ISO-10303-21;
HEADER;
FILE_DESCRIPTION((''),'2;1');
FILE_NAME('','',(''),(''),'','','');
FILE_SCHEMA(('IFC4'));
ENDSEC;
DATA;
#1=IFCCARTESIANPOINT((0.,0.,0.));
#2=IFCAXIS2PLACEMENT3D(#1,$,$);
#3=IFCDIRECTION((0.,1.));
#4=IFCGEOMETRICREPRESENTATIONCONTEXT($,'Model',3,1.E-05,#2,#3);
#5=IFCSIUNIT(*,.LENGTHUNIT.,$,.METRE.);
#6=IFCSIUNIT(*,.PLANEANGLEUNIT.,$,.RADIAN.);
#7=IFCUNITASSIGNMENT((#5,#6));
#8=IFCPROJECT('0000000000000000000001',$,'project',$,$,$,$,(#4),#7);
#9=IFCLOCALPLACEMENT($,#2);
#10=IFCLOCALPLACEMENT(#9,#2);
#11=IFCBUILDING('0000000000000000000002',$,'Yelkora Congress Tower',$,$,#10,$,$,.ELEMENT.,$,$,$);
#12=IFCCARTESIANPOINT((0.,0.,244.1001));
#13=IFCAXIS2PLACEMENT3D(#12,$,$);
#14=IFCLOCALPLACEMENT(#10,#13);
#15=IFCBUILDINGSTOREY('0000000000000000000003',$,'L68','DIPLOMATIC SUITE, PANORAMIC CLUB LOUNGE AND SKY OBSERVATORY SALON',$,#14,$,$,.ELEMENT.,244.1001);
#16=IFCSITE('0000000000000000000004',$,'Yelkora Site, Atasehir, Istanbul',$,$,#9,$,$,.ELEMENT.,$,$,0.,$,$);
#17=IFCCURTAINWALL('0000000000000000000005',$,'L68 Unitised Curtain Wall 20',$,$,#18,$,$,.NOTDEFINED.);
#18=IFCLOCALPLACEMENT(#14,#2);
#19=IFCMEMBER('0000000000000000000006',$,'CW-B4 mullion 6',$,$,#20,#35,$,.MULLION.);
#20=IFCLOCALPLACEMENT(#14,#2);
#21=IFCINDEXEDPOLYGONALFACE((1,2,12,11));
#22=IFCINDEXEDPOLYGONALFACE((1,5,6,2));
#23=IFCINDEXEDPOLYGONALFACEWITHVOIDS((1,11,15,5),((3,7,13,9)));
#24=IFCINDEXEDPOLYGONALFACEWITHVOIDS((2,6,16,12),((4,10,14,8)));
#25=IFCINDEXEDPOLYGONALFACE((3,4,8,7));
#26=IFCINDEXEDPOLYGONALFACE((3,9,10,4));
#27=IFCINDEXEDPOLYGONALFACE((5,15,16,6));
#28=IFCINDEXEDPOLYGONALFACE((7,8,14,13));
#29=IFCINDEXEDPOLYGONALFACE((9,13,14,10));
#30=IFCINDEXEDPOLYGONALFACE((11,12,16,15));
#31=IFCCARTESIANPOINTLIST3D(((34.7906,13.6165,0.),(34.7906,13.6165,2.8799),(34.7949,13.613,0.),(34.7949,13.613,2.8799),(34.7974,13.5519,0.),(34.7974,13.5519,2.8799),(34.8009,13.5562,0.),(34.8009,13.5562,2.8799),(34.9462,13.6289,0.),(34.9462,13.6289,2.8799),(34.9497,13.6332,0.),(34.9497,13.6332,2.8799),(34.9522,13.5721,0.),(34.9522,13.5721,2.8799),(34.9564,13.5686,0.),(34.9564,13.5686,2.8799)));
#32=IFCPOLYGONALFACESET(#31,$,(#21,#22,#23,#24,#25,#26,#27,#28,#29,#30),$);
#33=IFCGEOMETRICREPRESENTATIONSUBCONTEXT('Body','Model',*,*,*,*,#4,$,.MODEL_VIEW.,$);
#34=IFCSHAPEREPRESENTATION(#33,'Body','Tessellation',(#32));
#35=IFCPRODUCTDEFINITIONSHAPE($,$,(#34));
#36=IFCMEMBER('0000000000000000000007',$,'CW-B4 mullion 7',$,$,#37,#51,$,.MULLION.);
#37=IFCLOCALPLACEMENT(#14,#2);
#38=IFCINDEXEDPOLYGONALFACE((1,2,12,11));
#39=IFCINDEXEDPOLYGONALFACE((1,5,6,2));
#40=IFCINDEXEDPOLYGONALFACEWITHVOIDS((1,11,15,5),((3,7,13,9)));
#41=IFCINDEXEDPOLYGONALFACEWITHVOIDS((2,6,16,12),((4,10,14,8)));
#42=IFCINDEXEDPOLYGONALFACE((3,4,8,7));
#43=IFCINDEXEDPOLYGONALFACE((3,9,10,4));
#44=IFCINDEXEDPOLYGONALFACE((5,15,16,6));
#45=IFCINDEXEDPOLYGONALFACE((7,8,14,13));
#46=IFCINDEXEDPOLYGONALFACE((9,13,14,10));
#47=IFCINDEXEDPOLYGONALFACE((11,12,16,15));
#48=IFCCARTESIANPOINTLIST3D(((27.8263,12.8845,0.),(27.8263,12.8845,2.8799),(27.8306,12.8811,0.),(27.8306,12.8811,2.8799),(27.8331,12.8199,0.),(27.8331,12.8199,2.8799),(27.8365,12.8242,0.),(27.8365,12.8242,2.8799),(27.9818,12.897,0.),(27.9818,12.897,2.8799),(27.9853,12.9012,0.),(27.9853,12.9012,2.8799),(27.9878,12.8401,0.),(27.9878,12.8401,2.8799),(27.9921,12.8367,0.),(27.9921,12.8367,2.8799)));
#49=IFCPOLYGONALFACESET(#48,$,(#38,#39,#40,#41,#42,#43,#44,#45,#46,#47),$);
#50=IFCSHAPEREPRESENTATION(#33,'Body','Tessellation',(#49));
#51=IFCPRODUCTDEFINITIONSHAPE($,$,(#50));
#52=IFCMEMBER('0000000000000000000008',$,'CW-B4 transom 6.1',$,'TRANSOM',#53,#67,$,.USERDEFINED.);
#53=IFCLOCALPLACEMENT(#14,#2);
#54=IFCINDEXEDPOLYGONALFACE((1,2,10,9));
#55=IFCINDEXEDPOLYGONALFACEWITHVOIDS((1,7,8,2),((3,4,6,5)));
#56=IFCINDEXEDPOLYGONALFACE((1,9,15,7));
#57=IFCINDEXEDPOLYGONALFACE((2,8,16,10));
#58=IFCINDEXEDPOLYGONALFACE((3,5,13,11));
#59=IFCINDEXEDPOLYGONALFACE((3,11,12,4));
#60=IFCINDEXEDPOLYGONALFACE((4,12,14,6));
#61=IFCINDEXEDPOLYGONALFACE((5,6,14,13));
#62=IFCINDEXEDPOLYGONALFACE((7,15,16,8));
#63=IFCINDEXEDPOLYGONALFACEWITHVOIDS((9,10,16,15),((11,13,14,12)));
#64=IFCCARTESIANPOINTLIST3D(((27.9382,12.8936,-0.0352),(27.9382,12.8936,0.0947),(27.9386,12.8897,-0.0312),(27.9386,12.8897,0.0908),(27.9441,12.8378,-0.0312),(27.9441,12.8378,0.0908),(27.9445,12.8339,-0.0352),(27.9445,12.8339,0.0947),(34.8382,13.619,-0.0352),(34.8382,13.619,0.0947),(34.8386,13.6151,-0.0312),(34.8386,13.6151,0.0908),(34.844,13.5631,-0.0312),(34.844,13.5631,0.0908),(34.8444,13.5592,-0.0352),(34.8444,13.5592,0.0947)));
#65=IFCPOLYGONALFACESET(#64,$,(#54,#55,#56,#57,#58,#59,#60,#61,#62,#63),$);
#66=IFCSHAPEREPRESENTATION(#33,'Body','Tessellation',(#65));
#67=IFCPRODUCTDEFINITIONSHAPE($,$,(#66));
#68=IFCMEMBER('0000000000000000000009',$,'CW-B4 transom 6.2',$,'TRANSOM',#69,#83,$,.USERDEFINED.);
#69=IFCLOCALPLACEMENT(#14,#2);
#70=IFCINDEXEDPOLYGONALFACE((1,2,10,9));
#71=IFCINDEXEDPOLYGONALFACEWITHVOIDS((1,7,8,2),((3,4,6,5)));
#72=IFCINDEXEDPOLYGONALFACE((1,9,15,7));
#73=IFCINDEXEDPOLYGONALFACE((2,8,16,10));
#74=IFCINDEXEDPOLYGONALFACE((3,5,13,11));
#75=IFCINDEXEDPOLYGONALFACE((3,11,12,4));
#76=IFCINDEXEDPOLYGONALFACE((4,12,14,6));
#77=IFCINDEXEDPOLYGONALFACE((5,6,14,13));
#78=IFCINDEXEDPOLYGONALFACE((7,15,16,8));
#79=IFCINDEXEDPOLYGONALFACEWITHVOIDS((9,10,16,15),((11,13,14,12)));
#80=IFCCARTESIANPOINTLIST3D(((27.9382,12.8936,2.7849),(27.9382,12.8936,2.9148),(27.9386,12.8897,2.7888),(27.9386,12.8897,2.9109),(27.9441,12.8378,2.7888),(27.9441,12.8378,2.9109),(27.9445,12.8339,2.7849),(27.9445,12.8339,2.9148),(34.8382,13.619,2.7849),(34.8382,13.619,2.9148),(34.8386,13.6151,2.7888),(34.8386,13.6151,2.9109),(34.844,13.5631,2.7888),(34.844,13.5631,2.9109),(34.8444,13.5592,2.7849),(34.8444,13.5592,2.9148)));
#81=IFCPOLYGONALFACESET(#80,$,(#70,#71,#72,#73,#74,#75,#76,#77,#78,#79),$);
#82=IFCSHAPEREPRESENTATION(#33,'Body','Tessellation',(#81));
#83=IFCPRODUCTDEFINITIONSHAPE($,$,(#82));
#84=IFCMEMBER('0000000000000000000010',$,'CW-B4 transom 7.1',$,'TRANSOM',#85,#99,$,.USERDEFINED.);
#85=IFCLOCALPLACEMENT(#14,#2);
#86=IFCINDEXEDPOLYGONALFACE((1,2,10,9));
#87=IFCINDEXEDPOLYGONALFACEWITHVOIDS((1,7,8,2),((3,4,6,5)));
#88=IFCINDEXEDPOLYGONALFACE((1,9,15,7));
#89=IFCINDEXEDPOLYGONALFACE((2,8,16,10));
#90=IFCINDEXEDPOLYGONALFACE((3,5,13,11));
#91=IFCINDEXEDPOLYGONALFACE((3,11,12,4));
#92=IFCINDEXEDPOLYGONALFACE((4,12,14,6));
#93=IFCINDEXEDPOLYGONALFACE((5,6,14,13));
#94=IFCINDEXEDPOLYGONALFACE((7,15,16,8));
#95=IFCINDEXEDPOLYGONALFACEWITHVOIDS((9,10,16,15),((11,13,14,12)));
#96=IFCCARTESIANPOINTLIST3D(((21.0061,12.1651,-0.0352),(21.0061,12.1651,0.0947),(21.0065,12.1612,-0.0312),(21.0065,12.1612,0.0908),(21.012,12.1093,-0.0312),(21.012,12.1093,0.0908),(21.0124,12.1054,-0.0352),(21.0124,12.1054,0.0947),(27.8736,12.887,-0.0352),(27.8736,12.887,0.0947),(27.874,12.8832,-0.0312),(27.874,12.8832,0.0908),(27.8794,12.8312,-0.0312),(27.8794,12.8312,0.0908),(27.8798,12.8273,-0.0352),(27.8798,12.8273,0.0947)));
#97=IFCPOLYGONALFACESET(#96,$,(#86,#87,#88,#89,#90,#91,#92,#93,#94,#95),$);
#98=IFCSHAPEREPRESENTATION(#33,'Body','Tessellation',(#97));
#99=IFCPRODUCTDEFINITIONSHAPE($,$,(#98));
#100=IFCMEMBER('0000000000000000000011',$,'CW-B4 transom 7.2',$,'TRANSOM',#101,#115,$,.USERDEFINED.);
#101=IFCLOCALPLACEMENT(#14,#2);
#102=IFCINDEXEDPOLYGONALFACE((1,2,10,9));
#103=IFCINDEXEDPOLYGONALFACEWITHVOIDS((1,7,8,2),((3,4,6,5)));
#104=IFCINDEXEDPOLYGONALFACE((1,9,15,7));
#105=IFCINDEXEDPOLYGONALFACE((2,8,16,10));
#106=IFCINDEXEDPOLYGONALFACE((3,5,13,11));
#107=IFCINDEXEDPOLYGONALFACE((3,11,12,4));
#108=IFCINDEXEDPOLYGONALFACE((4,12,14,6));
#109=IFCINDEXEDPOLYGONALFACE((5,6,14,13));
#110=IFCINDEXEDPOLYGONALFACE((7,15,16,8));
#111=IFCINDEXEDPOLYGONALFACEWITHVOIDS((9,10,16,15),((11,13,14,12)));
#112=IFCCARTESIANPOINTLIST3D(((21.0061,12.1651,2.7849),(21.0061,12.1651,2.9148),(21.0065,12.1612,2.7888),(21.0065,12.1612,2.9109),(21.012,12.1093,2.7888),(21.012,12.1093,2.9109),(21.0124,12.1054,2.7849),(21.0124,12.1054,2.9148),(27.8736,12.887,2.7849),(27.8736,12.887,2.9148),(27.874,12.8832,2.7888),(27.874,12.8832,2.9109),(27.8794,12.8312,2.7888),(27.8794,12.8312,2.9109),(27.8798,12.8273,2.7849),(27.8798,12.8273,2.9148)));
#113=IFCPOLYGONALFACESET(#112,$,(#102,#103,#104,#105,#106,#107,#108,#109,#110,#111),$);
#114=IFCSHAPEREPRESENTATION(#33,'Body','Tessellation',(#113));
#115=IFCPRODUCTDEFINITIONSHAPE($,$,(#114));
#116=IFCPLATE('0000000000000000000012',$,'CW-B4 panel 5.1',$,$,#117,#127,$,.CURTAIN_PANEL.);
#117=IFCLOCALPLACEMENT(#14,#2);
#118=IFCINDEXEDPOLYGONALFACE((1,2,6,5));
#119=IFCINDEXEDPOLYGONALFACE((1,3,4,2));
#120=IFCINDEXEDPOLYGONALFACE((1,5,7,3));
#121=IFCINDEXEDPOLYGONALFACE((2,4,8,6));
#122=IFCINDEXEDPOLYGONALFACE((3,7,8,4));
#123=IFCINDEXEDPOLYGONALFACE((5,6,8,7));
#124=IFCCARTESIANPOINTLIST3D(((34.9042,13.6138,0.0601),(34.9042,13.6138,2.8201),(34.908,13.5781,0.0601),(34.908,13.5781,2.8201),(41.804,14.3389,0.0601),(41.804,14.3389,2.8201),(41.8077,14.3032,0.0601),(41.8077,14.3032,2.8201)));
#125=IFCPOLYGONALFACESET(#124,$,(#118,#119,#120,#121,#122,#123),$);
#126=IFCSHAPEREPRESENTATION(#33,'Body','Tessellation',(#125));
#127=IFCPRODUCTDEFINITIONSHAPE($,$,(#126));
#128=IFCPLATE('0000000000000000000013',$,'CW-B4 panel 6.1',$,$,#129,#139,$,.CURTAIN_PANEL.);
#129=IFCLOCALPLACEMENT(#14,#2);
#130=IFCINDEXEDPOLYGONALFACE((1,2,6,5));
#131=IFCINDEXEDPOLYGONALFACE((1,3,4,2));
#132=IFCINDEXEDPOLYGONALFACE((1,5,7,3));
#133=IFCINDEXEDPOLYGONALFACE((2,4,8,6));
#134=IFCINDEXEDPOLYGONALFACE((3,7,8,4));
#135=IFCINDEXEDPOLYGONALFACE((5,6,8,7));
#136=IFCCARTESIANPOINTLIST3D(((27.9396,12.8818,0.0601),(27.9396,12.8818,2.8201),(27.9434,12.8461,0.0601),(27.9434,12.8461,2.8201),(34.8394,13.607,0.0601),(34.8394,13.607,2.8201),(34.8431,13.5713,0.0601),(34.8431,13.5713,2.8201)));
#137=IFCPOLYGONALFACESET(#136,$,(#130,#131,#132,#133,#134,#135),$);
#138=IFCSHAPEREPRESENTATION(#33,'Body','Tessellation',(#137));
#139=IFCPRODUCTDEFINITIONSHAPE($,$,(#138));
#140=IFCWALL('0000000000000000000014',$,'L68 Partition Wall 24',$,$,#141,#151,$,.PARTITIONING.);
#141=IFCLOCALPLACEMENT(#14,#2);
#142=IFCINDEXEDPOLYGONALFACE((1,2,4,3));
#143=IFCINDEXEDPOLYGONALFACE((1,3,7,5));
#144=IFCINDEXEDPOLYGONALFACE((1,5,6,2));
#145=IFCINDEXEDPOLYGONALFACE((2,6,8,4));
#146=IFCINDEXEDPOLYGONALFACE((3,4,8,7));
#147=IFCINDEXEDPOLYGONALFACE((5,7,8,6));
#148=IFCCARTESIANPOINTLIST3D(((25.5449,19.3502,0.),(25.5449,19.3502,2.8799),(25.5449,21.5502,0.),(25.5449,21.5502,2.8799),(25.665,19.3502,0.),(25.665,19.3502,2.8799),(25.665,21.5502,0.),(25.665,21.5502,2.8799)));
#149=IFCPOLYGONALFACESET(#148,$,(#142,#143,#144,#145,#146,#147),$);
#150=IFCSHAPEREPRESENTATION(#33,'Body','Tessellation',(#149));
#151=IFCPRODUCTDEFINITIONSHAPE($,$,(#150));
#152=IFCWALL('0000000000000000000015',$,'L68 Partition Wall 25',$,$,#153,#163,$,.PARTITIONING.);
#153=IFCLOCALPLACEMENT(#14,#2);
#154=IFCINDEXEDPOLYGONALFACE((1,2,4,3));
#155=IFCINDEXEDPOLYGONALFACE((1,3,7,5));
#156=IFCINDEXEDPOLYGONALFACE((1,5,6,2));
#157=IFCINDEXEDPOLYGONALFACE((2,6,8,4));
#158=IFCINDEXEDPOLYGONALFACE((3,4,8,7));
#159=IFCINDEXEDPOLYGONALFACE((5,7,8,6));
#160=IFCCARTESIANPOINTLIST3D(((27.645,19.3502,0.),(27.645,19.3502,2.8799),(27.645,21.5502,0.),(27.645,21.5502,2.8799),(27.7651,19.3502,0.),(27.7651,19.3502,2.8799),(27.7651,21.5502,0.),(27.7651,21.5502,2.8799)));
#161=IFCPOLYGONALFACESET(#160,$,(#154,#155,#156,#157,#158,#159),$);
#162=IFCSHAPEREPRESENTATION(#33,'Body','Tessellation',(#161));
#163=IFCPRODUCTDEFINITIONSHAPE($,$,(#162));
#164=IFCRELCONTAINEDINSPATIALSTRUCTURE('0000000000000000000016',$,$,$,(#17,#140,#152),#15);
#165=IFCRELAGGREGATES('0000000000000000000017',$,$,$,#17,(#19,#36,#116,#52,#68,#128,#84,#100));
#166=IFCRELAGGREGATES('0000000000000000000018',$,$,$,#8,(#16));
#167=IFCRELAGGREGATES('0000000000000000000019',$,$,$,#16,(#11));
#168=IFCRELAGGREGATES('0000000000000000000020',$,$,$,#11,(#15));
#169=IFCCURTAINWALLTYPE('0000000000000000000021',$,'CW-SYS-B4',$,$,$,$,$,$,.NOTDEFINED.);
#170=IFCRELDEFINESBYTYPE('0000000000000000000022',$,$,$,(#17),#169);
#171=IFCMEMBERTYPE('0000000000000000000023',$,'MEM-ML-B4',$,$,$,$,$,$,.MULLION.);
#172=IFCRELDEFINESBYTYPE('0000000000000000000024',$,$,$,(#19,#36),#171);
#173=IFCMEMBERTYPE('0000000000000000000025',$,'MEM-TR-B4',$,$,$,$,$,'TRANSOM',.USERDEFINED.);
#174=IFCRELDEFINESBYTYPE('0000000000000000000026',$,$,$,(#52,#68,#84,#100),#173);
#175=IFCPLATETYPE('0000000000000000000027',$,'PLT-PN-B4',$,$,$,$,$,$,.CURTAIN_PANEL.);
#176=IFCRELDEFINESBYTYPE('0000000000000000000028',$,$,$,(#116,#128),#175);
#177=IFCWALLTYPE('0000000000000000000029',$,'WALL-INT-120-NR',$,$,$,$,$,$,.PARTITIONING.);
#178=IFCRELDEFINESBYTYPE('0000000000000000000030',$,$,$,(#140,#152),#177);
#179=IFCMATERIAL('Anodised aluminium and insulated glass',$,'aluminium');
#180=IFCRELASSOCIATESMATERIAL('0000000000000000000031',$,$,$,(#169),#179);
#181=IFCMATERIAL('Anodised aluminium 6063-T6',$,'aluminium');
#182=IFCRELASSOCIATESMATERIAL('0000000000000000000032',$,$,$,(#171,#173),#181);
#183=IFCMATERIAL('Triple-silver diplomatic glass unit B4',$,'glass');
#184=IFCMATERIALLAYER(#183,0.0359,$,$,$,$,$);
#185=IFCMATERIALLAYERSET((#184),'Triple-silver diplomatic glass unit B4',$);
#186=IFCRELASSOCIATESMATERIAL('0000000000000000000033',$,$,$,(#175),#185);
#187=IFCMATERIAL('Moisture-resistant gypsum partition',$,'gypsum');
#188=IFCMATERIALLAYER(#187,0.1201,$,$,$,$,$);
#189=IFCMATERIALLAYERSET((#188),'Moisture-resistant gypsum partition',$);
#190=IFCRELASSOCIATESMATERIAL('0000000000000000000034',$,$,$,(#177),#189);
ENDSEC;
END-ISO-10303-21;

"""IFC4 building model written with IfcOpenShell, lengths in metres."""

from ifc_helpers import new_model, si_unit, direction, frame, frame_2d, origin, origin_2d, place, context, subcontext, project, spatial, rectangle, hollow_rectangle, extrude, material, layer, layer_set, material_profile, profile_set, type_object, element, aggregate, save


model = new_model("IFC4")

# Units and contexts
model_context = context("Model", 3, precision=1e-05, world=origin(), true_north=direction((0.0, 1.0)))
body_context = subcontext(model_context, "Body", "Model", "MODEL_VIEW")
ifc_project = project(units=[si_unit("LENGTHUNIT", "METRE"), si_unit("PLANEANGLEUNIT", "RADIAN")], contexts=[model_context])

# Site, building, storey
site_placement = place(None, origin())
site = spatial("IfcSite", under=ifc_project, at=site_placement, Name="Yelkora Site, Atasehir, Istanbul", CompositionType="ELEMENT", RefElevation=0.0)
building_placement = place(site_placement, origin())
building = spatial("IfcBuilding", under=site, at=building_placement, Name="Yelkora Congress Tower", CompositionType="ELEMENT")
storey_placement = place(building_placement, frame((0.0, 0.0, 244.1001)))
storey = spatial("IfcBuildingStorey", under=building, at=storey_placement, Name="L68", Description="DIPLOMATIC SUITE, PANORAMIC CLUB LOUNGE AND SKY OBSERVATORY SALON", CompositionType="ELEMENT", Elevation=244.1001)

# Curtain wall, members, plates
ifc_material_1 = material(Name="Anodised aluminium and insulated glass", Category="aluminium")
curtain_wall_type = type_object("IfcCurtainWallType", Name="CW-SYS-B4", PredefinedType="NOTDEFINED", material=ifc_material_1)
curtain_wall_placement = place(storey_placement, origin())
curtain_wall = element("IfcCurtainWall", 1, at=curtain_wall_placement, inside=storey, type_object=curtain_wall_type, Name="L68 Unitised Curtain Wall 20", PredefinedType="NOTDEFINED")
ifc_material_2 = material(Name="Anodised aluminium 6063-T6", Category="aluminium")
ifc_material_profile_1 = material_profile(ifc_material_2, hollow_rectangle(XDim=0.0649, YDim=0.1599, WallThickness=0.0039, at=origin_2d()), Name="ALU 65x160x4")
ifc_profile_set_1 = profile_set([ifc_material_profile_1], Name="Anodised aluminium 6063-T6")
member_type_1 = type_object("IfcMemberType", Name="MEM-ML-B4", PredefinedType="MULLION", material=ifc_profile_set_1)
member_1_placement = place(storey_placement, frame((34.8735, 13.5925, 0.0), z_axis=(0.0, 0.0, 1.0), x_axis=(0.104527, -0.994522, 0.0)))
member_1 = element("IfcMember", 2, at=member_1_placement, type_object=member_type_1, Name="CW-B4 mullion 6", PredefinedType="MULLION", context=body_context, shape_type="SweptSolid", body=[
    extrude(hollow_rectangle(XDim=0.0649, YDim=0.1599, WallThickness=0.0039, at=origin_2d()), origin(), (0.0, 0.0, 1.0), 2.8799),
])
member_2_placement = place(storey_placement, frame((27.9092, 12.8606, 0.0), z_axis=(0.0, 0.0, 1.0), x_axis=(0.104527, -0.994522, 0.0)))
member_2 = element("IfcMember", 3, at=member_2_placement, type_object=member_type_1, Name="CW-B4 mullion 7", PredefinedType="MULLION", context=body_context, shape_type="SweptSolid", body=[
    extrude(hollow_rectangle(XDim=0.0649, YDim=0.1599, WallThickness=0.0039, at=origin_2d()), origin(), (0.0, 0.0, 1.0), 2.8799),
])
ifc_material_profile_2 = material_profile(ifc_material_2, hollow_rectangle(XDim=0.0601, YDim=0.1299, WallThickness=0.0039, at=origin_2d()), Name="ALU 60x130x4")
ifc_profile_set_2 = profile_set([ifc_material_profile_2], Name="Anodised aluminium 6063-T6")
member_type_2 = type_object("IfcMemberType", Name="MEM-TR-B4", ElementType="TRANSOM", PredefinedType="USERDEFINED", material=ifc_profile_set_2)
member_3_placement = place(storey_placement, frame((34.8413, 13.5891, 0.0298), z_axis=(-0.99452, -0.104547, 0.0), x_axis=(0.104547, -0.99452, 0.0)))
member_3 = element("IfcMember", 4, at=member_3_placement, type_object=member_type_2, Name="CW-B4 transom 6.1", ObjectType="TRANSOM", PredefinedType="USERDEFINED", context=body_context, shape_type="SweptSolid", body=[
    extrude(hollow_rectangle(XDim=0.0601, YDim=0.1299, WallThickness=0.0039, at=origin_2d()), origin(), (0.0, 0.0, 1.0), 6.938),
])
member_4_placement = place(storey_placement, frame((34.8413, 13.5891, 2.8499), z_axis=(-0.99452, -0.104547, 0.0), x_axis=(0.104547, -0.99452, 0.0)))
member_4 = element("IfcMember", 5, at=member_4_placement, type_object=member_type_2, Name="CW-B4 transom 6.2", ObjectType="TRANSOM", PredefinedType="USERDEFINED", context=body_context, shape_type="SweptSolid", body=[
    extrude(hollow_rectangle(XDim=0.0601, YDim=0.1299, WallThickness=0.0039, at=origin_2d()), origin(), (0.0, 0.0, 1.0), 6.938),
])
member_5_placement = place(storey_placement, frame((27.8767, 12.8572, 0.0298), z_axis=(-0.99452, -0.104547, 0.0), x_axis=(0.104547, -0.99452, 0.0)))
member_5 = element("IfcMember", 6, at=member_5_placement, type_object=member_type_2, Name="CW-B4 transom 7.1", ObjectType="TRANSOM", PredefinedType="USERDEFINED", context=body_context, shape_type="SweptSolid", body=[
    extrude(hollow_rectangle(XDim=0.0601, YDim=0.1299, WallThickness=0.0039, at=origin_2d()), origin(), (0.0, 0.0, 1.0), 6.9053),
])
member_6_placement = place(storey_placement, frame((27.8767, 12.8572, 2.8499), z_axis=(-0.99452, -0.104547, 0.0), x_axis=(0.104547, -0.99452, 0.0)))
member_6 = element("IfcMember", 7, at=member_6_placement, type_object=member_type_2, Name="CW-B4 transom 7.2", ObjectType="TRANSOM", PredefinedType="USERDEFINED", context=body_context, shape_type="SweptSolid", body=[
    extrude(hollow_rectangle(XDim=0.0601, YDim=0.1299, WallThickness=0.0039, at=origin_2d()), origin(), (0.0, 0.0, 1.0), 6.9053),
])
ifc_material_3 = material(Name="Triple-silver diplomatic glass unit B4", Category="glass")
ifc_layer_1 = layer(ifc_material_3, 0.0359)
ifc_layer_set_1 = layer_set([ifc_layer_1], Name="Triple-silver diplomatic glass unit B4")
plate_type = type_object("IfcPlateType", Name="PLT-PN-B4", PredefinedType="CURTAIN_PANEL", material=ifc_layer_set_1)
plate_1_placement = place(storey_placement, frame((38.356, 13.9585, 0.0601), z_axis=(0.0, 0.0, 1.0), x_axis=(-0.994522, -0.104527, 0.0)))
plate_1 = element("IfcPlate", 8, at=plate_1_placement, type_object=plate_type, Name="CW-B4 panel 5.1", PredefinedType="CURTAIN_PANEL", context=body_context, shape_type="SweptSolid", body=[
    extrude(rectangle(XDim=6.9377, YDim=0.0359, at=origin_2d()), origin(), (0.0, 0.0, 1.0), 2.76),
])
plate_2_placement = place(storey_placement, frame((31.3914, 13.2266, 0.0601), z_axis=(0.0, 0.0, 1.0), x_axis=(-0.994522, -0.104527, 0.0)))
plate_2 = element("IfcPlate", 9, at=plate_2_placement, type_object=plate_type, Name="CW-B4 panel 6.1", PredefinedType="CURTAIN_PANEL", context=body_context, shape_type="SweptSolid", body=[
    extrude(rectangle(XDim=6.9377, YDim=0.0359, at=origin_2d()), origin(), (0.0, 0.0, 1.0), 2.76),
])
aggregate(curtain_wall, [member_1, member_2, plate_1, member_3, member_4, plate_2, member_5, member_6])

# Walls
ifc_material_4 = material(Name="Moisture-resistant gypsum partition", Category="gypsum")
ifc_layer_2 = layer(ifc_material_4, 0.1201)
ifc_layer_set_2 = layer_set([ifc_layer_2], Name="Moisture-resistant gypsum partition")
wall_type_1 = type_object("IfcWallType", Name="WALL-INT-120-NR", PredefinedType="PARTITIONING", material=ifc_layer_set_2)
for number, where, z_axis, x_axis, name in (
    (10, (25.605, 19.3501, 0.0), (0.0, 0.0, 1.0), (0.0, 1.0, 0.0), "L68 Partition Wall 24"),
    (11, (27.7051, 19.3501, 0.0), (0.0, 0.0, 1.0), (0.0, 1.0, 0.0), "L68 Partition Wall 25"),
):
    element("IfcWall", number, at=place(storey_placement, frame(where, z_axis=z_axis, x_axis=x_axis)), inside=storey, type_object=wall_type_1, Name=name, PredefinedType="PARTITIONING", context=body_context, shape_type="SweptSolid", body=[
        extrude(rectangle(XDim=2.2, YDim=0.1201, at=frame_2d((1.1001, 0.0))), origin(), (0.0, 0.0, 1.0), 2.8799),
    ])

save(model, "model.ifc")
